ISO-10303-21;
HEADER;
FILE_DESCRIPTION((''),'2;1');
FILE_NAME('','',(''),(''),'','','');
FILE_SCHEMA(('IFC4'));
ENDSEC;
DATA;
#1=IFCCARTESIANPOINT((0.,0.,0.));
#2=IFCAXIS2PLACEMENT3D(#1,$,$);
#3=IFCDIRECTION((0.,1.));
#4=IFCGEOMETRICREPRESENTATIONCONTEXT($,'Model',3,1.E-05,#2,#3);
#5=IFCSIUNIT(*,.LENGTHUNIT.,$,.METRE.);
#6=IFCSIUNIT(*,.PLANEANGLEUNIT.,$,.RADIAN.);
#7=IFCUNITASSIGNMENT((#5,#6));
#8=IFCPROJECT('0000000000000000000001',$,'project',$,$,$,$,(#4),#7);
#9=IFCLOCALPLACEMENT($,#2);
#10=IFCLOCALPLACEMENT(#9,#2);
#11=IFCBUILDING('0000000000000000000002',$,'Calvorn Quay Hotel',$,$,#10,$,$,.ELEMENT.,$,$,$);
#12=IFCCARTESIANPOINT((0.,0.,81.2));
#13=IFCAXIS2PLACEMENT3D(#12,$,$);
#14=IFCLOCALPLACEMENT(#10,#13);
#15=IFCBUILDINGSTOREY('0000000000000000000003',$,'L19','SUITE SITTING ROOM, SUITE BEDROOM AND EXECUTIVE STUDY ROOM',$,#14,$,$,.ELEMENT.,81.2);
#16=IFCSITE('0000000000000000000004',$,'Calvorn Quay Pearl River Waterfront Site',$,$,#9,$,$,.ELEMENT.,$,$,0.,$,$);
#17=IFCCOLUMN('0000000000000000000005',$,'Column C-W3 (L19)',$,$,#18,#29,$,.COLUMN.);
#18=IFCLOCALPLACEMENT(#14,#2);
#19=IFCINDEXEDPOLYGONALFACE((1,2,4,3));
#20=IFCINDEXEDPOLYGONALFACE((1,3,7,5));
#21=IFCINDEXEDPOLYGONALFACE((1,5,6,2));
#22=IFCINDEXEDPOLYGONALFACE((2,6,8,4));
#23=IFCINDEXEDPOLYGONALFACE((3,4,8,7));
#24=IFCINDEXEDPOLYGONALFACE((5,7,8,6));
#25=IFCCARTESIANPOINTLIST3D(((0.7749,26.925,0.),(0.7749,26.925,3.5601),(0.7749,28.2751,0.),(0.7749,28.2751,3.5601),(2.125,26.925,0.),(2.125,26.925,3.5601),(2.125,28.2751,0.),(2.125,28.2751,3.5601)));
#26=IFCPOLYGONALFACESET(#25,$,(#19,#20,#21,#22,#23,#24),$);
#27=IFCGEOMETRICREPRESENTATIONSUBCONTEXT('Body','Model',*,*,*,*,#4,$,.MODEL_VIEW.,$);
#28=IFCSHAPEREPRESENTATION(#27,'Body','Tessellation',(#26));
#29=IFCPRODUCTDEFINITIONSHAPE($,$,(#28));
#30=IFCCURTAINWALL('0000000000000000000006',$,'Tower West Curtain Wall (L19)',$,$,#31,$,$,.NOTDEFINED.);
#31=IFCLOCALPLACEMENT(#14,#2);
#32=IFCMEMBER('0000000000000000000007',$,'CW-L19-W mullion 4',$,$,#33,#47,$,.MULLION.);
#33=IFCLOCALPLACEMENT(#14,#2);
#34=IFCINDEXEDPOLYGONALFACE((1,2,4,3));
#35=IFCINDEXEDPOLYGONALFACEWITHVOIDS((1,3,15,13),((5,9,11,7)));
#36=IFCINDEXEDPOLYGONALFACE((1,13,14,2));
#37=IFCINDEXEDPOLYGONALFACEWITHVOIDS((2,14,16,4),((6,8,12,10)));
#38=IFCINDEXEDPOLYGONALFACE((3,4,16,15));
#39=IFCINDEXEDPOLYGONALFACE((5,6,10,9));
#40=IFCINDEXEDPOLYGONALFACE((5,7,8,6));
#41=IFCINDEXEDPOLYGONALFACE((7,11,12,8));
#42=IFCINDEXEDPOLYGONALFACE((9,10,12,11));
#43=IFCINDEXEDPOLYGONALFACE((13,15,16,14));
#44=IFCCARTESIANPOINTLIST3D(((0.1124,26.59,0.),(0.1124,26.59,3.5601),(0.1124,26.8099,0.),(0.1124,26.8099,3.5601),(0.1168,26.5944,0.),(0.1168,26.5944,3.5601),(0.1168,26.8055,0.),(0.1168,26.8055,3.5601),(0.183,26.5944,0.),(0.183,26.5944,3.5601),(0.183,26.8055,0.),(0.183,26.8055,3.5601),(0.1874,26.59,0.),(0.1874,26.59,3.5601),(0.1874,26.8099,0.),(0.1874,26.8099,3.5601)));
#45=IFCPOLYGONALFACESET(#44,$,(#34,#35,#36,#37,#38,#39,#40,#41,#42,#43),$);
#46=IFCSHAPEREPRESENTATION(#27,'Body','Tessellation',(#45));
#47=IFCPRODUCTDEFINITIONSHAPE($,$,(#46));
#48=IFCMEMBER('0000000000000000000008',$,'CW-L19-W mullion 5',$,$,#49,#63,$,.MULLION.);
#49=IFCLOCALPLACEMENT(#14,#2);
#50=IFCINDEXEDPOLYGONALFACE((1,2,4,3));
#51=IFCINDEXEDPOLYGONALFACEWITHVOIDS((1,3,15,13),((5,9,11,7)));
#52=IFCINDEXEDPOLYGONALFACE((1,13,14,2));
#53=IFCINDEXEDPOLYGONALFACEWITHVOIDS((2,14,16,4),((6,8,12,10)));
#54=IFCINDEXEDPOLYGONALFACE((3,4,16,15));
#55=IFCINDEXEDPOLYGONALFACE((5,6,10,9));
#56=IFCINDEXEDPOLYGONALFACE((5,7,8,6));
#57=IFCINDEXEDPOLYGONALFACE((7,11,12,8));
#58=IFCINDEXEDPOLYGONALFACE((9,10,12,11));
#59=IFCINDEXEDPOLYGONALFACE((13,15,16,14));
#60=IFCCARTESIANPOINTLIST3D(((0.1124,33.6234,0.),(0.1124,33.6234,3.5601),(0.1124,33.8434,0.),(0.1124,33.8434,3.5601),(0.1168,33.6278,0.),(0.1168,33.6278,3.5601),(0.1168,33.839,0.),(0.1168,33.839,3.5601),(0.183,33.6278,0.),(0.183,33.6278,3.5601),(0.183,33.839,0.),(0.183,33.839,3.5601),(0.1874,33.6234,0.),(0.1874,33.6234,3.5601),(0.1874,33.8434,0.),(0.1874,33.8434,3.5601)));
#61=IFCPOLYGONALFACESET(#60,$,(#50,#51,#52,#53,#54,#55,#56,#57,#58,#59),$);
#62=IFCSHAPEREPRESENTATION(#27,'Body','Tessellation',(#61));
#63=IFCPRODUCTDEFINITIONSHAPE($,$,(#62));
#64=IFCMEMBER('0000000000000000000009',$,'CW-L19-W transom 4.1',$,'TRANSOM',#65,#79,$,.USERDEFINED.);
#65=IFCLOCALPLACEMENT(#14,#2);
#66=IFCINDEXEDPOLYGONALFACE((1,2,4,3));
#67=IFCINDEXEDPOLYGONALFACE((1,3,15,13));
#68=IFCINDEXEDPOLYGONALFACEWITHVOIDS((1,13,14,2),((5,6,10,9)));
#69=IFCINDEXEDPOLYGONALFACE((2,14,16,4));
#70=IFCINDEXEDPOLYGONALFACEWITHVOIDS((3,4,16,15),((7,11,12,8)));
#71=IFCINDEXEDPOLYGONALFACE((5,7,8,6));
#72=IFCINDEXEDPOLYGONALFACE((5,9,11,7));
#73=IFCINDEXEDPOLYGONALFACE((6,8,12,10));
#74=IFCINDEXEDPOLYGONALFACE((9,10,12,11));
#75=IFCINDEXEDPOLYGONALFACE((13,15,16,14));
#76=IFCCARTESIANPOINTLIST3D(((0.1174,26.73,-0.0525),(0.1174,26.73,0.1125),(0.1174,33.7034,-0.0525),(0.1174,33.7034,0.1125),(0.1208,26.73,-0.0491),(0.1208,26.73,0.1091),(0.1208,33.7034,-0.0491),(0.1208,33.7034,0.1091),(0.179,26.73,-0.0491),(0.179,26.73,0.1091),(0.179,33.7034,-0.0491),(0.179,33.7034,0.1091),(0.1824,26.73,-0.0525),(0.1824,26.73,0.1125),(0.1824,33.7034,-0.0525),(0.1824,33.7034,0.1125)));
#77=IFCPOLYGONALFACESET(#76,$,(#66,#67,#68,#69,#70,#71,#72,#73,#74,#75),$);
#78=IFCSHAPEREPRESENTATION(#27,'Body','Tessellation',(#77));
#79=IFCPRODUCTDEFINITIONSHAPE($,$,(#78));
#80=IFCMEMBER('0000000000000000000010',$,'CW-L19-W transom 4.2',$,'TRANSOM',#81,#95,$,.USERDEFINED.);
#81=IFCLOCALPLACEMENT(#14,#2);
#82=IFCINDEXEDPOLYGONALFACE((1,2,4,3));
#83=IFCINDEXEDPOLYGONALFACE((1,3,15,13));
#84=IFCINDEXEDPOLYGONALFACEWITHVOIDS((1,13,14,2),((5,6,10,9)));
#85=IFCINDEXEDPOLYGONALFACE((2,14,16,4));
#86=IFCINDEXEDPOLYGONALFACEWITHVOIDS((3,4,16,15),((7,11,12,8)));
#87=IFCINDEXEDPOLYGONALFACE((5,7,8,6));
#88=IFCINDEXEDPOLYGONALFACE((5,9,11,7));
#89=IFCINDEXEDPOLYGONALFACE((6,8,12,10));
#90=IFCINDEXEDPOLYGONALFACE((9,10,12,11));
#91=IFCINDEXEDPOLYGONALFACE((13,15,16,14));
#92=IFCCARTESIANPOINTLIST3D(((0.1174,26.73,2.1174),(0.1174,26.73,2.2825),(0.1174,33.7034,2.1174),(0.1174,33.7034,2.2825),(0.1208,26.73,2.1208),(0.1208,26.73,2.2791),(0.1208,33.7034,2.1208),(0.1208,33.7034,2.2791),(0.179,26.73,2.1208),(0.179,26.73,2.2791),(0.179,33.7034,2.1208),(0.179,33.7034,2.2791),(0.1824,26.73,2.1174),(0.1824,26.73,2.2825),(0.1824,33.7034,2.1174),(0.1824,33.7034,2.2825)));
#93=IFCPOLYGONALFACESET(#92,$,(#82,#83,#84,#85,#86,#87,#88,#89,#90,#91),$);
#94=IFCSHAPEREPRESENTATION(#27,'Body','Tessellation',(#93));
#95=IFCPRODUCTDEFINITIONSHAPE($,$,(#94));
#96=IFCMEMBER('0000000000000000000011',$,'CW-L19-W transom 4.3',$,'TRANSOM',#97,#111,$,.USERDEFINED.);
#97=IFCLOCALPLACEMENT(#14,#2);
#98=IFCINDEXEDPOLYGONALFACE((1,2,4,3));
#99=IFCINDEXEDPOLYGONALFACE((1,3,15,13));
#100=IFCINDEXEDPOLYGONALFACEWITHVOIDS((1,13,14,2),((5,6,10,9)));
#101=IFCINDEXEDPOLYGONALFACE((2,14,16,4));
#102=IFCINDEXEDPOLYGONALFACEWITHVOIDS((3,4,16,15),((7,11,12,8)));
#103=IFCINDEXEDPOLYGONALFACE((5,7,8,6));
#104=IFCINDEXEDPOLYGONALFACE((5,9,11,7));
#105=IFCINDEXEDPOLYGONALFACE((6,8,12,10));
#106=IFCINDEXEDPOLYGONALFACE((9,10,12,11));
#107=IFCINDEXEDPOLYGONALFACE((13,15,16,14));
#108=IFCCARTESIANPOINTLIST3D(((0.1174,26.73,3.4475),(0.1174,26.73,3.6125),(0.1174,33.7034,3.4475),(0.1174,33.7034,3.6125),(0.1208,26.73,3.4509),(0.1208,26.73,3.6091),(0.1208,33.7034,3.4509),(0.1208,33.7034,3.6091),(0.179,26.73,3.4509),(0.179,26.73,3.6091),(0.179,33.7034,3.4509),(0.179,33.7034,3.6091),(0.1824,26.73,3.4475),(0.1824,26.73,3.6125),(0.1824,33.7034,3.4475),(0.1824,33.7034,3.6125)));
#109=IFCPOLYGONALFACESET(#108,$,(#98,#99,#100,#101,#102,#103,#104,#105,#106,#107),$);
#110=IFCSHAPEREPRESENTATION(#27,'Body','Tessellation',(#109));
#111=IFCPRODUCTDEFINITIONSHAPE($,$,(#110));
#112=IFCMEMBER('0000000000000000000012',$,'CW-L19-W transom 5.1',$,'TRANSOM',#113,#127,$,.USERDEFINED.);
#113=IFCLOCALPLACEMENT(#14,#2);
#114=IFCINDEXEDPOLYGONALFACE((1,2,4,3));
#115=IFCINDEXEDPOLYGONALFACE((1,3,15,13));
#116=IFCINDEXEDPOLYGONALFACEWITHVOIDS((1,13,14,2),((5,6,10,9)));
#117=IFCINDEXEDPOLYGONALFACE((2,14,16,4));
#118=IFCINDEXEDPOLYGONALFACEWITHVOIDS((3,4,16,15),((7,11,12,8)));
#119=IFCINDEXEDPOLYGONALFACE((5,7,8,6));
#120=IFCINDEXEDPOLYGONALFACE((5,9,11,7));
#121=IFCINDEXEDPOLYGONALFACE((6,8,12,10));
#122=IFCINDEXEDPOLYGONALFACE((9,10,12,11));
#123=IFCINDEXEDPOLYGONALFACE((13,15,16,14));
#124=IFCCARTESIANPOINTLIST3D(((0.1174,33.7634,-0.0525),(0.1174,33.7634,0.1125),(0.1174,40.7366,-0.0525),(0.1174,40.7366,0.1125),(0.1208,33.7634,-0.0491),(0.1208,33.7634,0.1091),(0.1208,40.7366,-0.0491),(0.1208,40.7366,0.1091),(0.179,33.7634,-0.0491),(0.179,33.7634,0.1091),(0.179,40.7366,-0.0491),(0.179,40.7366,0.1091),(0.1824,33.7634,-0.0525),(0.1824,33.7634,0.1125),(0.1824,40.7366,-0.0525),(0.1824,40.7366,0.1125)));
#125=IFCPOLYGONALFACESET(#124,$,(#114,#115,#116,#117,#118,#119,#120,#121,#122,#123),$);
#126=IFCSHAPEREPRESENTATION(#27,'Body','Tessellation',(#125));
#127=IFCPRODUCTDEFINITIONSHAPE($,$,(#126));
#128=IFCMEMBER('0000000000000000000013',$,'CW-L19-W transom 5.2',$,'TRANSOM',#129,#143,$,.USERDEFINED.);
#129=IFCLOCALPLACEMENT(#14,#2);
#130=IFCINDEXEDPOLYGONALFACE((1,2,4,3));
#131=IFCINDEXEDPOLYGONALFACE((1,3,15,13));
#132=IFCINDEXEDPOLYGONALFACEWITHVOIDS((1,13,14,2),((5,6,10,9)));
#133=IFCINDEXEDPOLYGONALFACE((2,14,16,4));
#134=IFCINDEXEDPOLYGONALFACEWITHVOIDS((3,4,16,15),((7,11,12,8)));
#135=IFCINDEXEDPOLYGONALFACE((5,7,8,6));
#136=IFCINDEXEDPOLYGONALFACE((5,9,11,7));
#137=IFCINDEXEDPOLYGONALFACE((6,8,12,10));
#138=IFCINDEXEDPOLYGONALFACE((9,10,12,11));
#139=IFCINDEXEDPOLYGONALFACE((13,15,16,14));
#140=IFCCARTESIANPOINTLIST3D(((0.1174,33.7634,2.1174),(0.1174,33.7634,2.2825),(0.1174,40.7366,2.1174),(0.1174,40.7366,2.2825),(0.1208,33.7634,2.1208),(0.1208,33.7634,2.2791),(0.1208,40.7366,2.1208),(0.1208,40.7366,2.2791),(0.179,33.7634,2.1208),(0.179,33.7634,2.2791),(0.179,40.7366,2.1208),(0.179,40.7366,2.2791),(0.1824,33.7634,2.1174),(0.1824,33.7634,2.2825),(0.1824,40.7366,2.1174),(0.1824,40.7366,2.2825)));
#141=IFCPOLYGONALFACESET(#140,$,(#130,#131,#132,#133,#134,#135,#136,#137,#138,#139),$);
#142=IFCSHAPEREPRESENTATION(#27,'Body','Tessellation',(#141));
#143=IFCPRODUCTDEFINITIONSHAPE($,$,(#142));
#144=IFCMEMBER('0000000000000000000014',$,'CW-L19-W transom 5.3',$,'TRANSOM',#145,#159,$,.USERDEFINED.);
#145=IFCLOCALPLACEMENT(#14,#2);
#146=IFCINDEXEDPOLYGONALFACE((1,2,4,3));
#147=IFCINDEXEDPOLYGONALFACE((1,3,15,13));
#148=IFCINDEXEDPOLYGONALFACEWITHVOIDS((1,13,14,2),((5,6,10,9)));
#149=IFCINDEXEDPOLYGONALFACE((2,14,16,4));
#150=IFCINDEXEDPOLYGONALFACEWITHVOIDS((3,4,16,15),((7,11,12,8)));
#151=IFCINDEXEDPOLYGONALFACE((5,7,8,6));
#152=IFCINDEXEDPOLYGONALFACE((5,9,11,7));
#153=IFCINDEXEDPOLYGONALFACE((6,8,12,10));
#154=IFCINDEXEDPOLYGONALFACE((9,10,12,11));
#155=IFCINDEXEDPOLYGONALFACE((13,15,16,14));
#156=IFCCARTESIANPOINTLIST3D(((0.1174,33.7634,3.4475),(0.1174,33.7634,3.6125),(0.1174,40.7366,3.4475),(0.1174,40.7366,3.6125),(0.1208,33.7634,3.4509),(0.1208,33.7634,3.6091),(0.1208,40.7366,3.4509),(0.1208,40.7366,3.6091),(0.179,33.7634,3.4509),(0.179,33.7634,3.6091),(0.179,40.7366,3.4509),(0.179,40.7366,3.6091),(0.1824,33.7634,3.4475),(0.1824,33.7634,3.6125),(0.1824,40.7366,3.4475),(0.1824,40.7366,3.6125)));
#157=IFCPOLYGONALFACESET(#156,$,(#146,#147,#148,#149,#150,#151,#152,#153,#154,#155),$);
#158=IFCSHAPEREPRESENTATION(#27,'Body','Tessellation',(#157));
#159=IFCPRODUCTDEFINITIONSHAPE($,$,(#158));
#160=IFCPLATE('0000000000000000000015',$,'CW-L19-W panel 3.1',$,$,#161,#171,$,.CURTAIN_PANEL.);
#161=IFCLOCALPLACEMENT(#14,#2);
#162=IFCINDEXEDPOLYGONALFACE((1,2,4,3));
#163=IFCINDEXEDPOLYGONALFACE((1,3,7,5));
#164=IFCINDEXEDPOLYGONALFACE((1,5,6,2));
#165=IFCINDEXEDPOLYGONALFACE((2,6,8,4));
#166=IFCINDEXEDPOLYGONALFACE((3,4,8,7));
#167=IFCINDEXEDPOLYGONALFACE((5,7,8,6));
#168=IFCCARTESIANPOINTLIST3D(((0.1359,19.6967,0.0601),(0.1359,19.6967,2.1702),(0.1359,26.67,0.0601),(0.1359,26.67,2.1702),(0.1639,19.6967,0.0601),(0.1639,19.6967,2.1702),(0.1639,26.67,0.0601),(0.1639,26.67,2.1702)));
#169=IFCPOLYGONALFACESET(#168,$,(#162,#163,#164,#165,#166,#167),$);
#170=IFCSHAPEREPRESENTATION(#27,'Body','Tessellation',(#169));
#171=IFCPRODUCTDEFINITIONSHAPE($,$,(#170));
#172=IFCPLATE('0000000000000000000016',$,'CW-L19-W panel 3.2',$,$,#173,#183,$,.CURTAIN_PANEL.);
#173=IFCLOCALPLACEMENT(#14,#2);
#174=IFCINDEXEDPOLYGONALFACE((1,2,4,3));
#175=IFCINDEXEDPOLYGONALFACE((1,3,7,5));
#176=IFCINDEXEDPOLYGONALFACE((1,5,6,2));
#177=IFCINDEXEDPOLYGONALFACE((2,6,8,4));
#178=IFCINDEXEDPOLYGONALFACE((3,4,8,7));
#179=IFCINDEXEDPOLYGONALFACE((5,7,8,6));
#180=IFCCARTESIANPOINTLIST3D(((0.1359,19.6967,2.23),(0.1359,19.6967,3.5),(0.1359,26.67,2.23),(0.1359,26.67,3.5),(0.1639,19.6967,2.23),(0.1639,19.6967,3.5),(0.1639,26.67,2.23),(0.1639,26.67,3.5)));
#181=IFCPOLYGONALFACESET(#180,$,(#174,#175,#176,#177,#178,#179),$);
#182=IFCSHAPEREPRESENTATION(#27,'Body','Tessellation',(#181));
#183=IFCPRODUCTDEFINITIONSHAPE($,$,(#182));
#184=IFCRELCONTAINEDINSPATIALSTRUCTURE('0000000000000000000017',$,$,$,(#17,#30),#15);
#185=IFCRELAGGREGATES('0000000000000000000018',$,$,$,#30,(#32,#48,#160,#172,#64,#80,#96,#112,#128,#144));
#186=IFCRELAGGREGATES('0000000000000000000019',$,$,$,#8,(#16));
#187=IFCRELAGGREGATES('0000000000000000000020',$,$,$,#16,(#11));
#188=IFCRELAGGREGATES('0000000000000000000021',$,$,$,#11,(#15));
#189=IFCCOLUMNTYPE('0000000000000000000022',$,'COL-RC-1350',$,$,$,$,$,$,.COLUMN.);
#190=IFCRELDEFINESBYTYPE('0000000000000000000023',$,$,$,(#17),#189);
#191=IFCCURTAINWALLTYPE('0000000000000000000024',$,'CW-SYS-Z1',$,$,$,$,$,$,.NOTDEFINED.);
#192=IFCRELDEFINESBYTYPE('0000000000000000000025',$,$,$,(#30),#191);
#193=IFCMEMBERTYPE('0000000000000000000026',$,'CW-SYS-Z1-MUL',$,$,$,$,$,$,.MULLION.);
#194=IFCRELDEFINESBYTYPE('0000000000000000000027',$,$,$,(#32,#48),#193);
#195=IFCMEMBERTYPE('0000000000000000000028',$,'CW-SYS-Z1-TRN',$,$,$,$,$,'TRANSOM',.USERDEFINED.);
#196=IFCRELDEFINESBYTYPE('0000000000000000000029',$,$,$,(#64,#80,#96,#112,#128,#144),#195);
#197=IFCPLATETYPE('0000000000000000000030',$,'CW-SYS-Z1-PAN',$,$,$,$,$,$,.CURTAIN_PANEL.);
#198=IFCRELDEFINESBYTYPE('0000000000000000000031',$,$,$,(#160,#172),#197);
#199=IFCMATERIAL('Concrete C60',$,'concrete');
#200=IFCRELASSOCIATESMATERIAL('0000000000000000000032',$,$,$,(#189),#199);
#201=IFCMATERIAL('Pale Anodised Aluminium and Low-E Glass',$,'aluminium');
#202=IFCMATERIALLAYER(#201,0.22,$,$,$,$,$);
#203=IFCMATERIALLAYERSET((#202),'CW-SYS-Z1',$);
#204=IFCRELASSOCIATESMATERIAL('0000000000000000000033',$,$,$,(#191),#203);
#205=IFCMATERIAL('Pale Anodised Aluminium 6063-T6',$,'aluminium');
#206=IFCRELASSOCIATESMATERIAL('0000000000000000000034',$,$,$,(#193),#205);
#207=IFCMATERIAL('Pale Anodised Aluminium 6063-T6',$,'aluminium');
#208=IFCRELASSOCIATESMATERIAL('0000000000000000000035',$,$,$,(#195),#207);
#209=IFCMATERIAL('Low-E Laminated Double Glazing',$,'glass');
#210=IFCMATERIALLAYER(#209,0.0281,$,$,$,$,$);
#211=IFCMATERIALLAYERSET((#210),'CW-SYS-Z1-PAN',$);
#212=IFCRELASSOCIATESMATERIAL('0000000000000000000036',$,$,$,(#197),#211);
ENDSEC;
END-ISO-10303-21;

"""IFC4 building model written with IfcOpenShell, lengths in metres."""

from ifc_helpers import new_model, si_unit, direction, frame, origin, origin_2d, place, context, subcontext, project, spatial, rectangle, hollow_rectangle, extrude, material, layer, layer_set, material_profile, profile_set, type_object, element, aggregate, save


model = new_model("IFC4")

# Units and contexts
model_context = context("Model", 3, precision=1e-05, world=origin(), true_north=direction((0.0, 1.0)))
body_context = subcontext(model_context, "Body", "Model", "MODEL_VIEW")
ifc_project = project(units=[si_unit("LENGTHUNIT", "METRE"), si_unit("PLANEANGLEUNIT", "RADIAN")], contexts=[model_context])

# Site, building, storey
site_placement = place(None, origin())
site = spatial("IfcSite", under=ifc_project, at=site_placement, Name="Calvorn Quay Pearl River Waterfront Site", CompositionType="ELEMENT", RefElevation=0.0)
building_placement = place(site_placement, origin())
building = spatial("IfcBuilding", under=site, at=building_placement, Name="Calvorn Quay Hotel", CompositionType="ELEMENT")
storey_placement = place(building_placement, frame((0.0, 0.0, 81.2)))
storey = spatial("IfcBuildingStorey", under=building, at=storey_placement, Name="L19", Description="SUITE SITTING ROOM, SUITE BEDROOM AND EXECUTIVE STUDY ROOM", CompositionType="ELEMENT", Elevation=81.2)

# Column
ifc_material_1 = material(Name="Concrete C60", Category="concrete")
ifc_material_profile_1 = material_profile(ifc_material_1, rectangle(XDim=1.3501, YDim=1.3501, at=origin_2d()), Name="RC1350x1350")
ifc_profile_set_1 = profile_set([ifc_material_profile_1], Name="Concrete C60")
column_type = type_object("IfcColumnType", Name="COL-RC-1350", PredefinedType="COLUMN", material=ifc_profile_set_1)
column_placement = place(storey_placement, frame((1.45, 27.6001, 0.0), z_axis=(0.0, 0.0, 1.0), x_axis=(1.0, 0.0, 0.0)))
element("IfcColumn", 1, at=column_placement, inside=storey, type_object=column_type, Name="Column C-W3 (L19)", PredefinedType="COLUMN", context=body_context, shape_type="SweptSolid", body=[
    extrude(rectangle(XDim=1.3501, YDim=1.3501, at=origin_2d()), origin(), (0.0, 0.0, 1.0), 3.5601),
])

# Curtain wall, members, plates
ifc_material_2 = material(Name="Pale Anodised Aluminium and Low-E Glass", Category="aluminium")
ifc_layer_1 = layer(ifc_material_2, 0.22)
ifc_layer_set_1 = layer_set([ifc_layer_1], Name="CW-SYS-Z1")
curtain_wall_type = type_object("IfcCurtainWallType", Name="CW-SYS-Z1", PredefinedType="NOTDEFINED", material=ifc_layer_set_1)
curtain_wall_placement = place(storey_placement, origin())
curtain_wall = element("IfcCurtainWall", 2, at=curtain_wall_placement, inside=storey, type_object=curtain_wall_type, Name="Tower West Curtain Wall (L19)", PredefinedType="NOTDEFINED")
ifc_material_3 = material(Name="Pale Anodised Aluminium 6063-T6", Category="aluminium")
ifc_material_profile_2 = material_profile(ifc_material_3, hollow_rectangle(XDim=0.075, YDim=0.22, WallThickness=0.0044, at=origin_2d()), Name="ALU-M220x75x4.5")
ifc_profile_set_2 = profile_set([ifc_material_profile_2], Name="Pale Anodised Aluminium 6063-T6")
member_type_1 = type_object("IfcMemberType", Name="CW-SYS-Z1-MUL", PredefinedType="MULLION", material=ifc_profile_set_2)
member_1_placement = place(storey_placement, frame((0.1499, 26.7, 0.0), z_axis=(0.0, 0.0, 1.0), x_axis=(-1.0, 0.0, 0.0)))
member_1 = element("IfcMember", 3, at=member_1_placement, type_object=member_type_1, Name="CW-L19-W mullion 4", PredefinedType="MULLION", context=body_context, shape_type="SweptSolid", body=[
    extrude(hollow_rectangle(XDim=0.075, YDim=0.22, WallThickness=0.0044, at=origin_2d()), origin(), (0.0, 0.0, 1.0), 3.5601),
])
member_2_placement = place(storey_placement, frame((0.1499, 33.7334, 0.0), z_axis=(0.0, 0.0, 1.0), x_axis=(-1.0, 0.0, 0.0)))
member_2 = element("IfcMember", 4, at=member_2_placement, type_object=member_type_1, Name="CW-L19-W mullion 5", PredefinedType="MULLION", context=body_context, shape_type="SweptSolid", body=[
    extrude(hollow_rectangle(XDim=0.075, YDim=0.22, WallThickness=0.0044, at=origin_2d()), origin(), (0.0, 0.0, 1.0), 3.5601),
])
ifc_material_4 = material(Name="Pale Anodised Aluminium 6063-T6", Category="aluminium")
ifc_material_profile_3 = material_profile(ifc_material_4, hollow_rectangle(XDim=0.0649, YDim=0.165, WallThickness=0.0034, at=origin_2d()), Name="ALU-T165x65x3.5")
ifc_profile_set_3 = profile_set([ifc_material_profile_3], Name="Pale Anodised Aluminium 6063-T6")
member_type_2 = type_object("IfcMemberType", Name="CW-SYS-Z1-TRN", ElementType="TRANSOM", PredefinedType="USERDEFINED", material=ifc_profile_set_3)
member_3_placement = place(storey_placement, frame((0.1499, 26.73, 0.03), z_axis=(0.0, 1.0, 0.0), x_axis=(-1.0, 0.0, 0.0)))
member_3 = element("IfcMember", 5, at=member_3_placement, type_object=member_type_2, Name="CW-L19-W transom 4.1", ObjectType="TRANSOM", PredefinedType="USERDEFINED", context=body_context, shape_type="SweptSolid", body=[
    extrude(hollow_rectangle(XDim=0.0649, YDim=0.165, WallThickness=0.0034, at=origin_2d()), origin(), (0.0, 0.0, 1.0), 6.9734),
])
member_4_placement = place(storey_placement, frame((0.1499, 26.73, 2.2), z_axis=(0.0, 1.0, 0.0), x_axis=(-1.0, 0.0, 0.0)))
member_4 = element("IfcMember", 6, at=member_4_placement, type_object=member_type_2, Name="CW-L19-W transom 4.2", ObjectType="TRANSOM", PredefinedType="USERDEFINED", context=body_context, shape_type="SweptSolid", body=[
    extrude(hollow_rectangle(XDim=0.0649, YDim=0.165, WallThickness=0.0034, at=origin_2d()), origin(), (0.0, 0.0, 1.0), 6.9734),
])
member_5_placement = place(storey_placement, frame((0.1499, 26.73, 3.53), z_axis=(0.0, 1.0, 0.0), x_axis=(-1.0, 0.0, 0.0)))
member_5 = element("IfcMember", 7, at=member_5_placement, type_object=member_type_2, Name="CW-L19-W transom 4.3", ObjectType="TRANSOM", PredefinedType="USERDEFINED", context=body_context, shape_type="SweptSolid", body=[
    extrude(hollow_rectangle(XDim=0.0649, YDim=0.165, WallThickness=0.0034, at=origin_2d()), origin(), (0.0, 0.0, 1.0), 6.9734),
])
member_6_placement = place(storey_placement, frame((0.1499, 33.7634, 0.03), z_axis=(0.0, 1.0, 0.0), x_axis=(-1.0, 0.0, 0.0)))
member_6 = element("IfcMember", 8, at=member_6_placement, type_object=member_type_2, Name="CW-L19-W transom 5.1", ObjectType="TRANSOM", PredefinedType="USERDEFINED", context=body_context, shape_type="SweptSolid", body=[
    extrude(hollow_rectangle(XDim=0.0649, YDim=0.165, WallThickness=0.0034, at=origin_2d()), origin(), (0.0, 0.0, 1.0), 6.9731),
])
member_7_placement = place(storey_placement, frame((0.1499, 33.7634, 2.2), z_axis=(0.0, 1.0, 0.0), x_axis=(-1.0, 0.0, 0.0)))
member_7 = element("IfcMember", 9, at=member_7_placement, type_object=member_type_2, Name="CW-L19-W transom 5.2", ObjectType="TRANSOM", PredefinedType="USERDEFINED", context=body_context, shape_type="SweptSolid", body=[
    extrude(hollow_rectangle(XDim=0.0649, YDim=0.165, WallThickness=0.0034, at=origin_2d()), origin(), (0.0, 0.0, 1.0), 6.9731),
])
member_8_placement = place(storey_placement, frame((0.1499, 33.7634, 3.53), z_axis=(0.0, 1.0, 0.0), x_axis=(-1.0, 0.0, 0.0)))
member_8 = element("IfcMember", 10, at=member_8_placement, type_object=member_type_2, Name="CW-L19-W transom 5.3", ObjectType="TRANSOM", PredefinedType="USERDEFINED", context=body_context, shape_type="SweptSolid", body=[
    extrude(hollow_rectangle(XDim=0.0649, YDim=0.165, WallThickness=0.0034, at=origin_2d()), origin(), (0.0, 0.0, 1.0), 6.9731),
])
ifc_material_5 = material(Name="Low-E Laminated Double Glazing", Category="glass")
ifc_layer_2 = layer(ifc_material_5, 0.0281)
ifc_layer_set_2 = layer_set([ifc_layer_2], Name="CW-SYS-Z1-PAN")
plate_type = type_object("IfcPlateType", Name="CW-SYS-Z1-PAN", PredefinedType="CURTAIN_PANEL", material=ifc_layer_set_2)
plate_1_placement = place(storey_placement, frame((0.1499, 23.1833, 0.0601), z_axis=(0.0, 0.0, 1.0), x_axis=(0.0, 1.0, 0.0)))
plate_1 = element("IfcPlate", 11, at=plate_1_placement, type_object=plate_type, Name="CW-L19-W panel 3.1", PredefinedType="CURTAIN_PANEL", context=body_context, shape_type="SweptSolid", body=[
    extrude(rectangle(XDim=6.9734, YDim=0.0281, at=origin_2d()), origin(), (0.0, 0.0, 1.0), 2.1101),
])
plate_2_placement = place(storey_placement, frame((0.1499, 23.1833, 2.23), z_axis=(0.0, 0.0, 1.0), x_axis=(0.0, 1.0, 0.0)))
plate_2 = element("IfcPlate", 12, at=plate_2_placement, type_object=plate_type, Name="CW-L19-W panel 3.2", PredefinedType="CURTAIN_PANEL", context=body_context, shape_type="SweptSolid", body=[
    extrude(rectangle(XDim=6.9734, YDim=0.0281, at=origin_2d()), origin(), (0.0, 0.0, 1.0), 1.27),
])
aggregate(curtain_wall, [member_1, member_2, plate_1, plate_2, member_3, member_4, member_5, member_6, member_7, member_8])

save(model, "model.ifc")
